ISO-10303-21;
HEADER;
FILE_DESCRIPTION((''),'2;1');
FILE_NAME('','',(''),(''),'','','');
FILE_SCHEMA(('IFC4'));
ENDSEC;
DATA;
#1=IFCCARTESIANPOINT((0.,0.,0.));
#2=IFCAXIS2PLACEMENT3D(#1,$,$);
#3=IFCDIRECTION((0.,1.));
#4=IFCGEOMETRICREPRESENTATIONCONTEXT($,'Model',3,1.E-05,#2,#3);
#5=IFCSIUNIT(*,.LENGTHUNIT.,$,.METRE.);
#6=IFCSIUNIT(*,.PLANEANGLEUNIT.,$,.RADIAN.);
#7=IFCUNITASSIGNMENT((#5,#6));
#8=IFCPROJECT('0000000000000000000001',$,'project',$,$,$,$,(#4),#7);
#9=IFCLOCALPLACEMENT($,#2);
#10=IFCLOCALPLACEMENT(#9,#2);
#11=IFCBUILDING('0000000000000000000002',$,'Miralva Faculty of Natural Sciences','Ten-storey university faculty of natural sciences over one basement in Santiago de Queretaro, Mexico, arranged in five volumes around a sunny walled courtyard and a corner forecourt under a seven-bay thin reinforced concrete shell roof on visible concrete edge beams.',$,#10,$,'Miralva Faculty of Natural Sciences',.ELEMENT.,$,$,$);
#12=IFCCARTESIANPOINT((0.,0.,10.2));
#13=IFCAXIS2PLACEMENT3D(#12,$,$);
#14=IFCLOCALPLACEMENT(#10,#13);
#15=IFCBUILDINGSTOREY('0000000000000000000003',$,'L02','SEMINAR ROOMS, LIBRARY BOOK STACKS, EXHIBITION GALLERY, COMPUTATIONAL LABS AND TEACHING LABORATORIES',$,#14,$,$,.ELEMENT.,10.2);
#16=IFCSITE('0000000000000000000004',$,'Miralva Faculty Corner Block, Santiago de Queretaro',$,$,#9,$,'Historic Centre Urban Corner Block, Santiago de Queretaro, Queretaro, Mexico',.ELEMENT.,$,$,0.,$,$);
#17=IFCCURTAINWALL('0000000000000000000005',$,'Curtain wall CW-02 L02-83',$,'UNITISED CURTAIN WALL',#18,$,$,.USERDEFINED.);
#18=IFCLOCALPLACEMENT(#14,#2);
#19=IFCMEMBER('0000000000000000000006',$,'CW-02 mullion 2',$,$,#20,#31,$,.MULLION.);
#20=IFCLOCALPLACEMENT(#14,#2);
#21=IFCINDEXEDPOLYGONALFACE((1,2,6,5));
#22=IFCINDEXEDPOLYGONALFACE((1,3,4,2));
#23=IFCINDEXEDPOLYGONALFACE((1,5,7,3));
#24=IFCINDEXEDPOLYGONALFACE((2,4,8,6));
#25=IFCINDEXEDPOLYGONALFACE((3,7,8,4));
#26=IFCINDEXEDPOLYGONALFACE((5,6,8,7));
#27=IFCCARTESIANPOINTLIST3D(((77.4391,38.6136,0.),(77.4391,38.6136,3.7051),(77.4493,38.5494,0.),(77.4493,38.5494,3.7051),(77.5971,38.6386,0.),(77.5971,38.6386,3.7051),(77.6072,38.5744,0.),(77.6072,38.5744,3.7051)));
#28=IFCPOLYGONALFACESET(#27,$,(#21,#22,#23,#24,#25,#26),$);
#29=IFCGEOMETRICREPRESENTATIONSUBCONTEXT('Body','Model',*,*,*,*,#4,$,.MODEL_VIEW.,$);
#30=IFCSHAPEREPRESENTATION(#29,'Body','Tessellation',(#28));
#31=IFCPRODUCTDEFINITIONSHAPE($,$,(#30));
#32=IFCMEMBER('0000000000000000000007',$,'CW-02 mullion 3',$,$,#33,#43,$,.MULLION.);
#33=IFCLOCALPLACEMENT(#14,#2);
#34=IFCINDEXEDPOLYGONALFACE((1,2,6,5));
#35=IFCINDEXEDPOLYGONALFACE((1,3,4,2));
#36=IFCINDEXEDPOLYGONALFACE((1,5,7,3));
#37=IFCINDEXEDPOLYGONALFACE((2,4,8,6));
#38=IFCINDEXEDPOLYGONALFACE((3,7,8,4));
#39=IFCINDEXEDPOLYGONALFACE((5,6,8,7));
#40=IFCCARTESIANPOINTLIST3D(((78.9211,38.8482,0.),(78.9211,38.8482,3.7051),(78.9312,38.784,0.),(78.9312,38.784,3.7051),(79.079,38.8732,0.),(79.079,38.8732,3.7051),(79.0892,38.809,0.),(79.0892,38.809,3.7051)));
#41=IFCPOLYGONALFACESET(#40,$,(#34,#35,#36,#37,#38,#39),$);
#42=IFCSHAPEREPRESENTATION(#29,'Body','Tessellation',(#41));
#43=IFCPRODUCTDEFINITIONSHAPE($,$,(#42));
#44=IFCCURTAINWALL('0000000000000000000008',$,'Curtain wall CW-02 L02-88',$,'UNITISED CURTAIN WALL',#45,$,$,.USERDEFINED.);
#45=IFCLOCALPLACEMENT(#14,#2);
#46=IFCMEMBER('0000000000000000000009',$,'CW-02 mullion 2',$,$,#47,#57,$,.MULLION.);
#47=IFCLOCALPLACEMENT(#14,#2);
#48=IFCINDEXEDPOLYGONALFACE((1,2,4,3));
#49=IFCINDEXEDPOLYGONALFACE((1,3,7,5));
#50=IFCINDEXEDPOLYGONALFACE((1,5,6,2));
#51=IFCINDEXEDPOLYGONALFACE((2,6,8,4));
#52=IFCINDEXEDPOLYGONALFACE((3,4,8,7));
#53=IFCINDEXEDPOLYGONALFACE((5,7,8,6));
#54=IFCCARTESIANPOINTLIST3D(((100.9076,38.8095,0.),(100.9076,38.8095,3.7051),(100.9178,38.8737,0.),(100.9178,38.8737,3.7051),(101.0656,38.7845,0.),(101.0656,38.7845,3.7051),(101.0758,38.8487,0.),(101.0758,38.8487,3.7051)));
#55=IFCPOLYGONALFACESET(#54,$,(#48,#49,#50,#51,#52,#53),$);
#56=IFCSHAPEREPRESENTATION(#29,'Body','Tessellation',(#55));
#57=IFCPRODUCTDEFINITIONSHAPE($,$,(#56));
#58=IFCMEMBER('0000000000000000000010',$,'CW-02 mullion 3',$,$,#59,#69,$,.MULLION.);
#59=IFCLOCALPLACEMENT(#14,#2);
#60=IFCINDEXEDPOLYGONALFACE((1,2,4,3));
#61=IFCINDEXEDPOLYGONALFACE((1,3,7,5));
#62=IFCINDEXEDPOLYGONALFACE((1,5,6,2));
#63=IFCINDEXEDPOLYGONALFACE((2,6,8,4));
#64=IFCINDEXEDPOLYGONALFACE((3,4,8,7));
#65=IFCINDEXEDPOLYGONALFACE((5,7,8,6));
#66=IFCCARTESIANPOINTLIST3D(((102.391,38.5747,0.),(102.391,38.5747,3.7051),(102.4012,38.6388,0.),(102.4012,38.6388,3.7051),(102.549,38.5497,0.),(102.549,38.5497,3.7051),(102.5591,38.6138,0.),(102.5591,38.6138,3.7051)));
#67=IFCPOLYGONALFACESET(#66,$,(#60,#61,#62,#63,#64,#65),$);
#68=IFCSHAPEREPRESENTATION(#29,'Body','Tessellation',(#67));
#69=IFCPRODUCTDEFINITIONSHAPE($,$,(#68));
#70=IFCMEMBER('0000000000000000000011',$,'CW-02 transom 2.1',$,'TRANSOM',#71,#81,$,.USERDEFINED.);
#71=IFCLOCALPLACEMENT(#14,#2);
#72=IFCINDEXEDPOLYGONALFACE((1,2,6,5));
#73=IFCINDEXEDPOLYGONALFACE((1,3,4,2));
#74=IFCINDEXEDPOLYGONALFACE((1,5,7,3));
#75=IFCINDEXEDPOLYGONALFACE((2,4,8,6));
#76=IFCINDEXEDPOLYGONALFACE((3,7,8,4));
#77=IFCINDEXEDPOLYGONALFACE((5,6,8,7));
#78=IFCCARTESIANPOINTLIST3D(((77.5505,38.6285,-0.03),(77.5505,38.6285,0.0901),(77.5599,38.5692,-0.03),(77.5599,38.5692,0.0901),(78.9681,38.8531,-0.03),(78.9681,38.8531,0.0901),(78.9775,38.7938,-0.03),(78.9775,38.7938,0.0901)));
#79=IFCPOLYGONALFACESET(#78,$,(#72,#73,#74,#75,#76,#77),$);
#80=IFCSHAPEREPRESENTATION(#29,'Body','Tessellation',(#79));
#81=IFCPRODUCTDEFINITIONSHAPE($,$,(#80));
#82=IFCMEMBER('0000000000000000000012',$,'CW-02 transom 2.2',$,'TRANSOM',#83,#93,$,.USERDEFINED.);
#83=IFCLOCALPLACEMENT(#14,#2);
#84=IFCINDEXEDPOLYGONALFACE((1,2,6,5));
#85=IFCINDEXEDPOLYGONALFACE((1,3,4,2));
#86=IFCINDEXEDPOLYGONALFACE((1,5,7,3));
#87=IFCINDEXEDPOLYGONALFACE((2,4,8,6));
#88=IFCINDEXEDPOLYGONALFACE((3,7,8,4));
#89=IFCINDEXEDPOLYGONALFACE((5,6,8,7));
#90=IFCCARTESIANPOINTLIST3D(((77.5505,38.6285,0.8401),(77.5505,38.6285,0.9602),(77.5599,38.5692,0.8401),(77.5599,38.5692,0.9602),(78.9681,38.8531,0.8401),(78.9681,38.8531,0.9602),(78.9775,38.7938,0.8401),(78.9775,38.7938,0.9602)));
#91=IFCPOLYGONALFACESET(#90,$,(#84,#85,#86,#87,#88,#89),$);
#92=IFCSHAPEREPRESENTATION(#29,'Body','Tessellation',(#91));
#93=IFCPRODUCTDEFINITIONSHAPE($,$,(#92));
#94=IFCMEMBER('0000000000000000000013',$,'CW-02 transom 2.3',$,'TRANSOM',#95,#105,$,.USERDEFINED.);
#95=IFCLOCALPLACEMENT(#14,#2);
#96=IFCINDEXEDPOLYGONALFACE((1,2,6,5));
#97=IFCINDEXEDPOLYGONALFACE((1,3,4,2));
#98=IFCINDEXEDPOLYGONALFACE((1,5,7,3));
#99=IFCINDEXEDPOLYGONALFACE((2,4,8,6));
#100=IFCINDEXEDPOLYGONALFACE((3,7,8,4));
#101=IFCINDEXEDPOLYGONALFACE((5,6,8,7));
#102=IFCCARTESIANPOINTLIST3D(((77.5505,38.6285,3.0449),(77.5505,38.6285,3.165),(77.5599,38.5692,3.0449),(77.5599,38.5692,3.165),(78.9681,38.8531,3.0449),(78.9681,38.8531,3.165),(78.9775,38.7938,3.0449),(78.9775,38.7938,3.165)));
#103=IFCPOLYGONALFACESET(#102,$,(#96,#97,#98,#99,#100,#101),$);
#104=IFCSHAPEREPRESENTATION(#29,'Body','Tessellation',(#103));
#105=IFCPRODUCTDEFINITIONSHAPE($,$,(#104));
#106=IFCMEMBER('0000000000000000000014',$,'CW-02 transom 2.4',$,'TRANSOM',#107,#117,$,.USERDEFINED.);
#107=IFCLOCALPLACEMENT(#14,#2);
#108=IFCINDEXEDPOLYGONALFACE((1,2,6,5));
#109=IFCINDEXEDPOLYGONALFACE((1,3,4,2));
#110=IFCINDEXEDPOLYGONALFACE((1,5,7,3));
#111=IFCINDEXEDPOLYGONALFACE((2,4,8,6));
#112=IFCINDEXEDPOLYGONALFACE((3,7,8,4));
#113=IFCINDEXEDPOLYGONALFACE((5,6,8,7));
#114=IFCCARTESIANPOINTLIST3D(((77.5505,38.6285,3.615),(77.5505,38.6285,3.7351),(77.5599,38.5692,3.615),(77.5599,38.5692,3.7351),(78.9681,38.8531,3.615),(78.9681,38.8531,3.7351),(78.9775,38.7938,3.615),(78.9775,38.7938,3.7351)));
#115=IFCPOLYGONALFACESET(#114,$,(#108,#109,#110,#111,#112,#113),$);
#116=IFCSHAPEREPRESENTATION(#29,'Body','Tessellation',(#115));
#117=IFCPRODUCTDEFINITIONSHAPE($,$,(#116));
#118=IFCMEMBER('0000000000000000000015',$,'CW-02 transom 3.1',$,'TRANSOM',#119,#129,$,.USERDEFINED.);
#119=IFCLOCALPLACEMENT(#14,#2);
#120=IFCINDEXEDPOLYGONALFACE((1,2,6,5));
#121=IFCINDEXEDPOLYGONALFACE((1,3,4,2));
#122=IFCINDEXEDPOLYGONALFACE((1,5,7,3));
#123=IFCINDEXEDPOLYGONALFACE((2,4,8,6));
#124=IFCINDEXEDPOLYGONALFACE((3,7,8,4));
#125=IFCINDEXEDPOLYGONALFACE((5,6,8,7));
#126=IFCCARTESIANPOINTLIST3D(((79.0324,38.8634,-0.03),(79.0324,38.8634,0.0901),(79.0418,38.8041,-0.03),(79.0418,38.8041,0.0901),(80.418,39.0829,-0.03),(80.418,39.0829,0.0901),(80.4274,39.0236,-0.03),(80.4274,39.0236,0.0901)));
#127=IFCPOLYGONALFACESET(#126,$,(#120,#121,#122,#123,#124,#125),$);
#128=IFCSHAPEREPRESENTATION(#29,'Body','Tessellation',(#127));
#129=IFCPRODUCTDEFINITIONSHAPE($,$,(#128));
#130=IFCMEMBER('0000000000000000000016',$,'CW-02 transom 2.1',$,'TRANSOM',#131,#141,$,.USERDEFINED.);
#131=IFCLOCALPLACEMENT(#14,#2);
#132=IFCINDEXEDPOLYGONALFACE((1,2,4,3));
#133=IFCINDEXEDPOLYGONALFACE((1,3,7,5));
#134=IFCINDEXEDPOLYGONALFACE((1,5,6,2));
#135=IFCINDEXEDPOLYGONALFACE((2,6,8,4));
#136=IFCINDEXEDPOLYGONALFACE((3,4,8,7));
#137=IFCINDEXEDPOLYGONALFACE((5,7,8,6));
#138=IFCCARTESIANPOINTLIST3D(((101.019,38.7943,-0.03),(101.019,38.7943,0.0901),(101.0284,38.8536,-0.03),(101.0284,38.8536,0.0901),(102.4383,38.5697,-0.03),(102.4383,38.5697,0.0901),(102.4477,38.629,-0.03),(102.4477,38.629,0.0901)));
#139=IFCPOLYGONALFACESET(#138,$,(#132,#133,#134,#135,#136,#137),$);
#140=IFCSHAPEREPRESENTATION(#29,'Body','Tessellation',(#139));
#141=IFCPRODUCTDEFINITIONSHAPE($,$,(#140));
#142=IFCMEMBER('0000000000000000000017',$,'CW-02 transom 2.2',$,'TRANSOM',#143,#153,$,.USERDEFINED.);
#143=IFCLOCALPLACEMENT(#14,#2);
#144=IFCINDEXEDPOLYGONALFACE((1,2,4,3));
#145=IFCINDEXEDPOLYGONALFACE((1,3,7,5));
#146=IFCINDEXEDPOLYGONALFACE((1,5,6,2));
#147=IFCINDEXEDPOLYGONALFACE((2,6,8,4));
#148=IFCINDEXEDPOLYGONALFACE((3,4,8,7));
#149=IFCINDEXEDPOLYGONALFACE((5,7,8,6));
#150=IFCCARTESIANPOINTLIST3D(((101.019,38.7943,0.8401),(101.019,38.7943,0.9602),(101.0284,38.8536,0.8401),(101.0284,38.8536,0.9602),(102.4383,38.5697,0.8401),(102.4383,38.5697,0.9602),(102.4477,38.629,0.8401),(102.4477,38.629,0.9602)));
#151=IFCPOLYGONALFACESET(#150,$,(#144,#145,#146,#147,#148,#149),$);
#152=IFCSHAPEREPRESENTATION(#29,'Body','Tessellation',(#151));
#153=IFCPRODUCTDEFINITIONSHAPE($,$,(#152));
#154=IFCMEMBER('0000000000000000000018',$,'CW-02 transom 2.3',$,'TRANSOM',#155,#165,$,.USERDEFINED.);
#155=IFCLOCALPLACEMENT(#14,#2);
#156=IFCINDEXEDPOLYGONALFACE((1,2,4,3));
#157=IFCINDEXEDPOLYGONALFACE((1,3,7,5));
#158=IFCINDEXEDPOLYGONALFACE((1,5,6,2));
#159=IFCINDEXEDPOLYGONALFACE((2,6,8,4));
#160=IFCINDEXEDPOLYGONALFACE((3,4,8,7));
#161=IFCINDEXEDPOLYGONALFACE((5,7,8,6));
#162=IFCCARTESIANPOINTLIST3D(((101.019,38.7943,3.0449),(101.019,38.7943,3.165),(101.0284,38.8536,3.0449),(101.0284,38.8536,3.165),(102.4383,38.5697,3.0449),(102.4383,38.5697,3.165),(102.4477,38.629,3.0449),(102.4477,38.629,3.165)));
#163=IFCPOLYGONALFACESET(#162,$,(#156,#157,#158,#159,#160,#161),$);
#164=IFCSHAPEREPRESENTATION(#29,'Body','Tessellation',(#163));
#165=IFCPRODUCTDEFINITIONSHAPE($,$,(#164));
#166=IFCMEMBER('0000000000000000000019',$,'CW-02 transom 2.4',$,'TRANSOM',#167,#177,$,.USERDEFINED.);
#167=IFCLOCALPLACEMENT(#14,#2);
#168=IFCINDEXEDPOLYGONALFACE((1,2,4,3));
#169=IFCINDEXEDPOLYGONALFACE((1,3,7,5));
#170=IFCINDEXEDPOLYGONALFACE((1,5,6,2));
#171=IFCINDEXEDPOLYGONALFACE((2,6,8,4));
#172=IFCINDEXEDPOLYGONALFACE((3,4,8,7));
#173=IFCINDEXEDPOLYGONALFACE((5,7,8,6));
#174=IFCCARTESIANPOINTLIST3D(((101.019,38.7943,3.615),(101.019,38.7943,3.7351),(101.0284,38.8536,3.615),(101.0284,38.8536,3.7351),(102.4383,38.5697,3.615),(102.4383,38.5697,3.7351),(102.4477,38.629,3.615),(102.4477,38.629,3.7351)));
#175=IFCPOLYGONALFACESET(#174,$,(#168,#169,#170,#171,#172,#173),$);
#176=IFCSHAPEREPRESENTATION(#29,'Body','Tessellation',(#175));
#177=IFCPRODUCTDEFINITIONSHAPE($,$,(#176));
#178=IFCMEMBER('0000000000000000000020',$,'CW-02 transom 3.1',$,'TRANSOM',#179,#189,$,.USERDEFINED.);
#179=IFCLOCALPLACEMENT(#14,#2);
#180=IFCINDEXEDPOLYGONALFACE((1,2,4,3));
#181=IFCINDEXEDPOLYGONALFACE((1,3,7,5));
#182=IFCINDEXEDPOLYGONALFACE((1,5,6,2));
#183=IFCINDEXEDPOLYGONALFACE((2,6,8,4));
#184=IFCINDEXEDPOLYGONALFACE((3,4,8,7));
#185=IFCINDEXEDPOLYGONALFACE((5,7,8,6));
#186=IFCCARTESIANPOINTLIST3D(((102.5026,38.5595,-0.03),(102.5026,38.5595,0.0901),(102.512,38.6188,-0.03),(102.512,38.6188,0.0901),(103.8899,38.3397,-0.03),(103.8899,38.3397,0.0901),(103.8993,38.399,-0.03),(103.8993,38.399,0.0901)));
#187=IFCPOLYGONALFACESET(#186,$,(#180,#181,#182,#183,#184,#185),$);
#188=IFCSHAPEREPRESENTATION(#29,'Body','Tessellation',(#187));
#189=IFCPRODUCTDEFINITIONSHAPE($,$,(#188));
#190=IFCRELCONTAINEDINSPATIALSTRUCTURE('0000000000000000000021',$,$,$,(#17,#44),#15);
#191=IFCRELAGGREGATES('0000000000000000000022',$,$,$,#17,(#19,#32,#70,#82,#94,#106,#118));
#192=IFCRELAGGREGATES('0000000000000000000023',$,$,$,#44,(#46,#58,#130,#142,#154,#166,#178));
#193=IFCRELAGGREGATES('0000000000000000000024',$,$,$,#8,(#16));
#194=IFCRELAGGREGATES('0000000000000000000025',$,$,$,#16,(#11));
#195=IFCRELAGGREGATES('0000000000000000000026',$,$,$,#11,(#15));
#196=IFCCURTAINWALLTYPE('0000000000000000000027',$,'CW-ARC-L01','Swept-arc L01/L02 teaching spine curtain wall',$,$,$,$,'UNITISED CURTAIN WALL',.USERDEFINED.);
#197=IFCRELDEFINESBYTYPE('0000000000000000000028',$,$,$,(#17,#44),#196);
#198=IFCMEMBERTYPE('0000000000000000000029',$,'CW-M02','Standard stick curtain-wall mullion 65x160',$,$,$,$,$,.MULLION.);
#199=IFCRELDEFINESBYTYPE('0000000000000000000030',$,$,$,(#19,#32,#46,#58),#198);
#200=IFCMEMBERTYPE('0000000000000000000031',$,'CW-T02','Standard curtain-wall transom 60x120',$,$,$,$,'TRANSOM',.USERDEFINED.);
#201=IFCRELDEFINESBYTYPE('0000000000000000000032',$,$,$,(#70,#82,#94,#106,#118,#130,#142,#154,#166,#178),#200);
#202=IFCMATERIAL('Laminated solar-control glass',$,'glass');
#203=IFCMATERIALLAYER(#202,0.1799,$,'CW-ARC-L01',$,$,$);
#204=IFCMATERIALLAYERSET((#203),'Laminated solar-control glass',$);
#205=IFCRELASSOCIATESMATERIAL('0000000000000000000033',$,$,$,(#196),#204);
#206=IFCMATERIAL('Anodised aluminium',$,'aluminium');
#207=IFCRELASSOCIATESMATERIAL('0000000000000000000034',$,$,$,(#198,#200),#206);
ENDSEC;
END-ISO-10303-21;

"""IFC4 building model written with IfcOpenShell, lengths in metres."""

from ifc_helpers import new_model, si_unit, direction, frame, origin, origin_2d, place, context, subcontext, project, spatial, rectangle, extrude, material, layer, layer_set, material_profile, profile_set, type_object, element, aggregate, save


model = new_model("IFC4")

# Units and contexts
model_context = context("Model", 3, precision=1e-05, world=origin(), true_north=direction((0.0, 1.0)))
body_context = subcontext(model_context, "Body", "Model", "MODEL_VIEW")
ifc_project = project(units=[si_unit("LENGTHUNIT", "METRE"), si_unit("PLANEANGLEUNIT", "RADIAN")], contexts=[model_context])

# Site, building, storey
site_placement = place(None, origin())
site = spatial("IfcSite", under=ifc_project, at=site_placement, Name="Miralva Faculty Corner Block, Santiago de Queretaro", LongName="Historic Centre Urban Corner Block, Santiago de Queretaro, Queretaro, Mexico", CompositionType="ELEMENT", RefElevation=0.0)
building_placement = place(site_placement, origin())
building = spatial("IfcBuilding", under=site, at=building_placement, Name="Miralva Faculty of Natural Sciences", Description="Ten-storey university faculty of natural sciences over one basement in Santiago de Queretaro, Mexico, arranged in five volumes around a sunny walled courtyard and a corner forecourt under a seven-bay thin reinforced concrete shell roof on visible concrete edge beams.", LongName="Miralva Faculty of Natural Sciences", CompositionType="ELEMENT")
storey_placement = place(building_placement, frame((0.0, 0.0, 10.2)))
storey = spatial("IfcBuildingStorey", under=building, at=storey_placement, Name="L02", Description="SEMINAR ROOMS, LIBRARY BOOK STACKS, EXHIBITION GALLERY, COMPUTATIONAL LABS AND TEACHING LABORATORIES", CompositionType="ELEMENT", Elevation=10.2)

# Curtain walls, members
ifc_material_1 = material(Name="Laminated solar-control glass", Category="glass")
ifc_layer_1 = layer(ifc_material_1, 0.1799, Name="CW-ARC-L01")
ifc_layer_set_1 = layer_set([ifc_layer_1], Name="Laminated solar-control glass")
curtain_wall_type = type_object("IfcCurtainWallType", Name="CW-ARC-L01", Description="Swept-arc L01/L02 teaching spine curtain wall", ElementType="UNITISED CURTAIN WALL", PredefinedType="USERDEFINED", material=ifc_layer_set_1)
curtain_wall_1_placement = place(storey_placement, origin())
curtain_wall_1 = element("IfcCurtainWall", 1, at=curtain_wall_1_placement, inside=storey, type_object=curtain_wall_type, Name="Curtain wall CW-02 L02-83", ObjectType="UNITISED CURTAIN WALL", PredefinedType="USERDEFINED")
ifc_material_2 = material(Name="Anodised aluminium", Category="aluminium")
ifc_material_profile_1 = material_profile(ifc_material_2, rectangle(XDim=0.0649, YDim=0.1599, at=origin_2d()), Name="MULLION 65x160")
ifc_profile_set_1 = profile_set([ifc_material_profile_1], Name="Anodised aluminium")
member_type_1 = type_object("IfcMemberType", Name="CW-M02", Description="Standard stick curtain-wall mullion 65x160", PredefinedType="MULLION", material=ifc_profile_set_1)
member_1_placement = place(storey_placement, frame((77.5232, 38.594, 0.0), z_axis=(0.0, 0.0, 1.0), x_axis=(-0.156431, 0.987689, 0.0)))
member_1 = element("IfcMember", 2, at=member_1_placement, type_object=member_type_1, Name="CW-02 mullion 2", PredefinedType="MULLION", context=body_context, shape_type="SweptSolid", body=[
    extrude(rectangle(XDim=0.0649, YDim=0.1599, at=origin_2d()), origin(), (0.0, 0.0, 1.0), 3.7051),
])
member_2_placement = place(storey_placement, frame((79.0051, 38.8286, 0.0), z_axis=(0.0, 0.0, 1.0), x_axis=(-0.156431, 0.987689, 0.0)))
member_2 = element("IfcMember", 3, at=member_2_placement, type_object=member_type_1, Name="CW-02 mullion 3", PredefinedType="MULLION", context=body_context, shape_type="SweptSolid", body=[
    extrude(rectangle(XDim=0.0649, YDim=0.1599, at=origin_2d()), origin(), (0.0, 0.0, 1.0), 3.7051),
])
curtain_wall_2_placement = place(storey_placement, origin())
curtain_wall_2 = element("IfcCurtainWall", 4, at=curtain_wall_2_placement, inside=storey, type_object=curtain_wall_type, Name="Curtain wall CW-02 L02-88", ObjectType="UNITISED CURTAIN WALL", PredefinedType="USERDEFINED")
member_3_placement = place(storey_placement, frame((100.9917, 38.8291, 0.0), z_axis=(0.0, 0.0, 1.0), x_axis=(0.156437, 0.987688, 0.0)))
member_3 = element("IfcMember", 5, at=member_3_placement, type_object=member_type_1, Name="CW-02 mullion 2", PredefinedType="MULLION", context=body_context, shape_type="SweptSolid", body=[
    extrude(rectangle(XDim=0.0649, YDim=0.1599, at=origin_2d()), origin(), (0.0, 0.0, 1.0), 3.7051),
])
member_4_placement = place(storey_placement, frame((102.4751, 38.5942, 0.0), z_axis=(0.0, 0.0, 1.0), x_axis=(0.156437, 0.987688, 0.0)))
member_4 = element("IfcMember", 6, at=member_4_placement, type_object=member_type_1, Name="CW-02 mullion 3", PredefinedType="MULLION", context=body_context, shape_type="SweptSolid", body=[
    extrude(rectangle(XDim=0.0649, YDim=0.1599, at=origin_2d()), origin(), (0.0, 0.0, 1.0), 3.7051),
])

# Members
ifc_material_profile_2 = material_profile(ifc_material_2, rectangle(XDim=0.0601, YDim=0.1201, at=origin_2d()), Name="TRANSOM 60x120")
ifc_profile_set_2 = profile_set([ifc_material_profile_2], Name="Anodised aluminium")
member_type_2 = type_object("IfcMemberType", Name="CW-T02", Description="Standard curtain-wall transom 60x120", ElementType="TRANSOM", PredefinedType="USERDEFINED", material=ifc_profile_set_2)
member_5_placement = place(storey_placement, frame((77.5552, 38.5989, 0.03), z_axis=(0.987681, 0.156478, 0.0), x_axis=(-0.156478, 0.987681, 0.0)))
member_5 = element("IfcMember", 7, at=member_5_placement, type_object=member_type_2, Name="CW-02 transom 2.1", ObjectType="TRANSOM", PredefinedType="USERDEFINED", context=body_context, shape_type="SweptSolid", body=[
    extrude(rectangle(XDim=0.0601, YDim=0.1201, at=origin_2d()), origin(), (0.0, 0.0, 1.0), 1.4353),
])
member_6_placement = place(storey_placement, frame((77.5552, 38.5989, 0.9001), z_axis=(0.987681, 0.156478, 0.0), x_axis=(-0.156478, 0.987681, 0.0)))
member_6 = element("IfcMember", 8, at=member_6_placement, type_object=member_type_2, Name="CW-02 transom 2.2", ObjectType="TRANSOM", PredefinedType="USERDEFINED", context=body_context, shape_type="SweptSolid", body=[
    extrude(rectangle(XDim=0.0601, YDim=0.1201, at=origin_2d()), origin(), (0.0, 0.0, 1.0), 1.4353),
])
member_7_placement = place(storey_placement, frame((77.5552, 38.5989, 3.105), z_axis=(0.987681, 0.156478, 0.0), x_axis=(-0.156478, 0.987681, 0.0)))
member_7 = element("IfcMember", 9, at=member_7_placement, type_object=member_type_2, Name="CW-02 transom 2.3", ObjectType="TRANSOM", PredefinedType="USERDEFINED", context=body_context, shape_type="SweptSolid", body=[
    extrude(rectangle(XDim=0.0601, YDim=0.1201, at=origin_2d()), origin(), (0.0, 0.0, 1.0), 1.4353),
])
member_8_placement = place(storey_placement, frame((77.5552, 38.5989, 3.675), z_axis=(0.987681, 0.156478, 0.0), x_axis=(-0.156478, 0.987681, 0.0)))
member_8 = element("IfcMember", 10, at=member_8_placement, type_object=member_type_2, Name="CW-02 transom 2.4", ObjectType="TRANSOM", PredefinedType="USERDEFINED", context=body_context, shape_type="SweptSolid", body=[
    extrude(rectangle(XDim=0.0601, YDim=0.1201, at=origin_2d()), origin(), (0.0, 0.0, 1.0), 1.4353),
])
member_9_placement = place(storey_placement, frame((79.0371, 38.8337, 0.03), z_axis=(0.987684, 0.156463, 0.0), x_axis=(-0.156463, 0.987684, 0.0)))
member_9 = element("IfcMember", 11, at=member_9_placement, type_object=member_type_2, Name="CW-02 transom 3.1", ObjectType="TRANSOM", PredefinedType="USERDEFINED", context=body_context, shape_type="SweptSolid", body=[
    extrude(rectangle(XDim=0.0601, YDim=0.1201, at=origin_2d()), origin(), (0.0, 0.0, 1.0), 1.4028),
])
member_10_placement = place(storey_placement, frame((101.0237, 38.824, 0.03), z_axis=(0.987711, -0.156294, 0.0), x_axis=(0.156294, 0.987711, 0.0)))
member_10 = element("IfcMember", 12, at=member_10_placement, type_object=member_type_2, Name="CW-02 transom 2.1", ObjectType="TRANSOM", PredefinedType="USERDEFINED", context=body_context, shape_type="SweptSolid", body=[
    extrude(rectangle(XDim=0.0601, YDim=0.1201, at=origin_2d()), origin(), (0.0, 0.0, 1.0), 1.437),
])
member_11_placement = place(storey_placement, frame((101.0237, 38.824, 0.9001), z_axis=(0.987711, -0.156294, 0.0), x_axis=(0.156294, 0.987711, 0.0)))
member_11 = element("IfcMember", 13, at=member_11_placement, type_object=member_type_2, Name="CW-02 transom 2.2", ObjectType="TRANSOM", PredefinedType="USERDEFINED", context=body_context, shape_type="SweptSolid", body=[
    extrude(rectangle(XDim=0.0601, YDim=0.1201, at=origin_2d()), origin(), (0.0, 0.0, 1.0), 1.437),
])
member_12_placement = place(storey_placement, frame((101.0237, 38.824, 3.105), z_axis=(0.987711, -0.156294, 0.0), x_axis=(0.156294, 0.987711, 0.0)))
member_12 = element("IfcMember", 14, at=member_12_placement, type_object=member_type_2, Name="CW-02 transom 2.3", ObjectType="TRANSOM", PredefinedType="USERDEFINED", context=body_context, shape_type="SweptSolid", body=[
    extrude(rectangle(XDim=0.0601, YDim=0.1201, at=origin_2d()), origin(), (0.0, 0.0, 1.0), 1.437),
])
member_13_placement = place(storey_placement, frame((101.0237, 38.824, 3.675), z_axis=(0.987711, -0.156294, 0.0), x_axis=(0.156294, 0.987711, 0.0)))
member_13 = element("IfcMember", 15, at=member_13_placement, type_object=member_type_2, Name="CW-02 transom 2.4", ObjectType="TRANSOM", PredefinedType="USERDEFINED", context=body_context, shape_type="SweptSolid", body=[
    extrude(rectangle(XDim=0.0601, YDim=0.1201, at=origin_2d()), origin(), (0.0, 0.0, 1.0), 1.437),
])
member_14_placement = place(storey_placement, frame((102.5073, 38.5891, 0.03), z_axis=(0.987687, -0.156445, 0.0), x_axis=(0.156445, 0.987687, 0.0)))
member_14 = element("IfcMember", 16, at=member_14_placement, type_object=member_type_2, Name="CW-02 transom 3.1", ObjectType="TRANSOM", PredefinedType="USERDEFINED", context=body_context, shape_type="SweptSolid", body=[
    extrude(rectangle(XDim=0.0601, YDim=0.1201, at=origin_2d()), origin(), (0.0, 0.0, 1.0), 1.4045),
])

aggregate(curtain_wall_1, [member_1, member_2, member_5, member_6, member_7, member_8, member_9])
aggregate(curtain_wall_2, [member_3, member_4, member_10, member_11, member_12, member_13, member_14])

save(model, "model.ifc")
